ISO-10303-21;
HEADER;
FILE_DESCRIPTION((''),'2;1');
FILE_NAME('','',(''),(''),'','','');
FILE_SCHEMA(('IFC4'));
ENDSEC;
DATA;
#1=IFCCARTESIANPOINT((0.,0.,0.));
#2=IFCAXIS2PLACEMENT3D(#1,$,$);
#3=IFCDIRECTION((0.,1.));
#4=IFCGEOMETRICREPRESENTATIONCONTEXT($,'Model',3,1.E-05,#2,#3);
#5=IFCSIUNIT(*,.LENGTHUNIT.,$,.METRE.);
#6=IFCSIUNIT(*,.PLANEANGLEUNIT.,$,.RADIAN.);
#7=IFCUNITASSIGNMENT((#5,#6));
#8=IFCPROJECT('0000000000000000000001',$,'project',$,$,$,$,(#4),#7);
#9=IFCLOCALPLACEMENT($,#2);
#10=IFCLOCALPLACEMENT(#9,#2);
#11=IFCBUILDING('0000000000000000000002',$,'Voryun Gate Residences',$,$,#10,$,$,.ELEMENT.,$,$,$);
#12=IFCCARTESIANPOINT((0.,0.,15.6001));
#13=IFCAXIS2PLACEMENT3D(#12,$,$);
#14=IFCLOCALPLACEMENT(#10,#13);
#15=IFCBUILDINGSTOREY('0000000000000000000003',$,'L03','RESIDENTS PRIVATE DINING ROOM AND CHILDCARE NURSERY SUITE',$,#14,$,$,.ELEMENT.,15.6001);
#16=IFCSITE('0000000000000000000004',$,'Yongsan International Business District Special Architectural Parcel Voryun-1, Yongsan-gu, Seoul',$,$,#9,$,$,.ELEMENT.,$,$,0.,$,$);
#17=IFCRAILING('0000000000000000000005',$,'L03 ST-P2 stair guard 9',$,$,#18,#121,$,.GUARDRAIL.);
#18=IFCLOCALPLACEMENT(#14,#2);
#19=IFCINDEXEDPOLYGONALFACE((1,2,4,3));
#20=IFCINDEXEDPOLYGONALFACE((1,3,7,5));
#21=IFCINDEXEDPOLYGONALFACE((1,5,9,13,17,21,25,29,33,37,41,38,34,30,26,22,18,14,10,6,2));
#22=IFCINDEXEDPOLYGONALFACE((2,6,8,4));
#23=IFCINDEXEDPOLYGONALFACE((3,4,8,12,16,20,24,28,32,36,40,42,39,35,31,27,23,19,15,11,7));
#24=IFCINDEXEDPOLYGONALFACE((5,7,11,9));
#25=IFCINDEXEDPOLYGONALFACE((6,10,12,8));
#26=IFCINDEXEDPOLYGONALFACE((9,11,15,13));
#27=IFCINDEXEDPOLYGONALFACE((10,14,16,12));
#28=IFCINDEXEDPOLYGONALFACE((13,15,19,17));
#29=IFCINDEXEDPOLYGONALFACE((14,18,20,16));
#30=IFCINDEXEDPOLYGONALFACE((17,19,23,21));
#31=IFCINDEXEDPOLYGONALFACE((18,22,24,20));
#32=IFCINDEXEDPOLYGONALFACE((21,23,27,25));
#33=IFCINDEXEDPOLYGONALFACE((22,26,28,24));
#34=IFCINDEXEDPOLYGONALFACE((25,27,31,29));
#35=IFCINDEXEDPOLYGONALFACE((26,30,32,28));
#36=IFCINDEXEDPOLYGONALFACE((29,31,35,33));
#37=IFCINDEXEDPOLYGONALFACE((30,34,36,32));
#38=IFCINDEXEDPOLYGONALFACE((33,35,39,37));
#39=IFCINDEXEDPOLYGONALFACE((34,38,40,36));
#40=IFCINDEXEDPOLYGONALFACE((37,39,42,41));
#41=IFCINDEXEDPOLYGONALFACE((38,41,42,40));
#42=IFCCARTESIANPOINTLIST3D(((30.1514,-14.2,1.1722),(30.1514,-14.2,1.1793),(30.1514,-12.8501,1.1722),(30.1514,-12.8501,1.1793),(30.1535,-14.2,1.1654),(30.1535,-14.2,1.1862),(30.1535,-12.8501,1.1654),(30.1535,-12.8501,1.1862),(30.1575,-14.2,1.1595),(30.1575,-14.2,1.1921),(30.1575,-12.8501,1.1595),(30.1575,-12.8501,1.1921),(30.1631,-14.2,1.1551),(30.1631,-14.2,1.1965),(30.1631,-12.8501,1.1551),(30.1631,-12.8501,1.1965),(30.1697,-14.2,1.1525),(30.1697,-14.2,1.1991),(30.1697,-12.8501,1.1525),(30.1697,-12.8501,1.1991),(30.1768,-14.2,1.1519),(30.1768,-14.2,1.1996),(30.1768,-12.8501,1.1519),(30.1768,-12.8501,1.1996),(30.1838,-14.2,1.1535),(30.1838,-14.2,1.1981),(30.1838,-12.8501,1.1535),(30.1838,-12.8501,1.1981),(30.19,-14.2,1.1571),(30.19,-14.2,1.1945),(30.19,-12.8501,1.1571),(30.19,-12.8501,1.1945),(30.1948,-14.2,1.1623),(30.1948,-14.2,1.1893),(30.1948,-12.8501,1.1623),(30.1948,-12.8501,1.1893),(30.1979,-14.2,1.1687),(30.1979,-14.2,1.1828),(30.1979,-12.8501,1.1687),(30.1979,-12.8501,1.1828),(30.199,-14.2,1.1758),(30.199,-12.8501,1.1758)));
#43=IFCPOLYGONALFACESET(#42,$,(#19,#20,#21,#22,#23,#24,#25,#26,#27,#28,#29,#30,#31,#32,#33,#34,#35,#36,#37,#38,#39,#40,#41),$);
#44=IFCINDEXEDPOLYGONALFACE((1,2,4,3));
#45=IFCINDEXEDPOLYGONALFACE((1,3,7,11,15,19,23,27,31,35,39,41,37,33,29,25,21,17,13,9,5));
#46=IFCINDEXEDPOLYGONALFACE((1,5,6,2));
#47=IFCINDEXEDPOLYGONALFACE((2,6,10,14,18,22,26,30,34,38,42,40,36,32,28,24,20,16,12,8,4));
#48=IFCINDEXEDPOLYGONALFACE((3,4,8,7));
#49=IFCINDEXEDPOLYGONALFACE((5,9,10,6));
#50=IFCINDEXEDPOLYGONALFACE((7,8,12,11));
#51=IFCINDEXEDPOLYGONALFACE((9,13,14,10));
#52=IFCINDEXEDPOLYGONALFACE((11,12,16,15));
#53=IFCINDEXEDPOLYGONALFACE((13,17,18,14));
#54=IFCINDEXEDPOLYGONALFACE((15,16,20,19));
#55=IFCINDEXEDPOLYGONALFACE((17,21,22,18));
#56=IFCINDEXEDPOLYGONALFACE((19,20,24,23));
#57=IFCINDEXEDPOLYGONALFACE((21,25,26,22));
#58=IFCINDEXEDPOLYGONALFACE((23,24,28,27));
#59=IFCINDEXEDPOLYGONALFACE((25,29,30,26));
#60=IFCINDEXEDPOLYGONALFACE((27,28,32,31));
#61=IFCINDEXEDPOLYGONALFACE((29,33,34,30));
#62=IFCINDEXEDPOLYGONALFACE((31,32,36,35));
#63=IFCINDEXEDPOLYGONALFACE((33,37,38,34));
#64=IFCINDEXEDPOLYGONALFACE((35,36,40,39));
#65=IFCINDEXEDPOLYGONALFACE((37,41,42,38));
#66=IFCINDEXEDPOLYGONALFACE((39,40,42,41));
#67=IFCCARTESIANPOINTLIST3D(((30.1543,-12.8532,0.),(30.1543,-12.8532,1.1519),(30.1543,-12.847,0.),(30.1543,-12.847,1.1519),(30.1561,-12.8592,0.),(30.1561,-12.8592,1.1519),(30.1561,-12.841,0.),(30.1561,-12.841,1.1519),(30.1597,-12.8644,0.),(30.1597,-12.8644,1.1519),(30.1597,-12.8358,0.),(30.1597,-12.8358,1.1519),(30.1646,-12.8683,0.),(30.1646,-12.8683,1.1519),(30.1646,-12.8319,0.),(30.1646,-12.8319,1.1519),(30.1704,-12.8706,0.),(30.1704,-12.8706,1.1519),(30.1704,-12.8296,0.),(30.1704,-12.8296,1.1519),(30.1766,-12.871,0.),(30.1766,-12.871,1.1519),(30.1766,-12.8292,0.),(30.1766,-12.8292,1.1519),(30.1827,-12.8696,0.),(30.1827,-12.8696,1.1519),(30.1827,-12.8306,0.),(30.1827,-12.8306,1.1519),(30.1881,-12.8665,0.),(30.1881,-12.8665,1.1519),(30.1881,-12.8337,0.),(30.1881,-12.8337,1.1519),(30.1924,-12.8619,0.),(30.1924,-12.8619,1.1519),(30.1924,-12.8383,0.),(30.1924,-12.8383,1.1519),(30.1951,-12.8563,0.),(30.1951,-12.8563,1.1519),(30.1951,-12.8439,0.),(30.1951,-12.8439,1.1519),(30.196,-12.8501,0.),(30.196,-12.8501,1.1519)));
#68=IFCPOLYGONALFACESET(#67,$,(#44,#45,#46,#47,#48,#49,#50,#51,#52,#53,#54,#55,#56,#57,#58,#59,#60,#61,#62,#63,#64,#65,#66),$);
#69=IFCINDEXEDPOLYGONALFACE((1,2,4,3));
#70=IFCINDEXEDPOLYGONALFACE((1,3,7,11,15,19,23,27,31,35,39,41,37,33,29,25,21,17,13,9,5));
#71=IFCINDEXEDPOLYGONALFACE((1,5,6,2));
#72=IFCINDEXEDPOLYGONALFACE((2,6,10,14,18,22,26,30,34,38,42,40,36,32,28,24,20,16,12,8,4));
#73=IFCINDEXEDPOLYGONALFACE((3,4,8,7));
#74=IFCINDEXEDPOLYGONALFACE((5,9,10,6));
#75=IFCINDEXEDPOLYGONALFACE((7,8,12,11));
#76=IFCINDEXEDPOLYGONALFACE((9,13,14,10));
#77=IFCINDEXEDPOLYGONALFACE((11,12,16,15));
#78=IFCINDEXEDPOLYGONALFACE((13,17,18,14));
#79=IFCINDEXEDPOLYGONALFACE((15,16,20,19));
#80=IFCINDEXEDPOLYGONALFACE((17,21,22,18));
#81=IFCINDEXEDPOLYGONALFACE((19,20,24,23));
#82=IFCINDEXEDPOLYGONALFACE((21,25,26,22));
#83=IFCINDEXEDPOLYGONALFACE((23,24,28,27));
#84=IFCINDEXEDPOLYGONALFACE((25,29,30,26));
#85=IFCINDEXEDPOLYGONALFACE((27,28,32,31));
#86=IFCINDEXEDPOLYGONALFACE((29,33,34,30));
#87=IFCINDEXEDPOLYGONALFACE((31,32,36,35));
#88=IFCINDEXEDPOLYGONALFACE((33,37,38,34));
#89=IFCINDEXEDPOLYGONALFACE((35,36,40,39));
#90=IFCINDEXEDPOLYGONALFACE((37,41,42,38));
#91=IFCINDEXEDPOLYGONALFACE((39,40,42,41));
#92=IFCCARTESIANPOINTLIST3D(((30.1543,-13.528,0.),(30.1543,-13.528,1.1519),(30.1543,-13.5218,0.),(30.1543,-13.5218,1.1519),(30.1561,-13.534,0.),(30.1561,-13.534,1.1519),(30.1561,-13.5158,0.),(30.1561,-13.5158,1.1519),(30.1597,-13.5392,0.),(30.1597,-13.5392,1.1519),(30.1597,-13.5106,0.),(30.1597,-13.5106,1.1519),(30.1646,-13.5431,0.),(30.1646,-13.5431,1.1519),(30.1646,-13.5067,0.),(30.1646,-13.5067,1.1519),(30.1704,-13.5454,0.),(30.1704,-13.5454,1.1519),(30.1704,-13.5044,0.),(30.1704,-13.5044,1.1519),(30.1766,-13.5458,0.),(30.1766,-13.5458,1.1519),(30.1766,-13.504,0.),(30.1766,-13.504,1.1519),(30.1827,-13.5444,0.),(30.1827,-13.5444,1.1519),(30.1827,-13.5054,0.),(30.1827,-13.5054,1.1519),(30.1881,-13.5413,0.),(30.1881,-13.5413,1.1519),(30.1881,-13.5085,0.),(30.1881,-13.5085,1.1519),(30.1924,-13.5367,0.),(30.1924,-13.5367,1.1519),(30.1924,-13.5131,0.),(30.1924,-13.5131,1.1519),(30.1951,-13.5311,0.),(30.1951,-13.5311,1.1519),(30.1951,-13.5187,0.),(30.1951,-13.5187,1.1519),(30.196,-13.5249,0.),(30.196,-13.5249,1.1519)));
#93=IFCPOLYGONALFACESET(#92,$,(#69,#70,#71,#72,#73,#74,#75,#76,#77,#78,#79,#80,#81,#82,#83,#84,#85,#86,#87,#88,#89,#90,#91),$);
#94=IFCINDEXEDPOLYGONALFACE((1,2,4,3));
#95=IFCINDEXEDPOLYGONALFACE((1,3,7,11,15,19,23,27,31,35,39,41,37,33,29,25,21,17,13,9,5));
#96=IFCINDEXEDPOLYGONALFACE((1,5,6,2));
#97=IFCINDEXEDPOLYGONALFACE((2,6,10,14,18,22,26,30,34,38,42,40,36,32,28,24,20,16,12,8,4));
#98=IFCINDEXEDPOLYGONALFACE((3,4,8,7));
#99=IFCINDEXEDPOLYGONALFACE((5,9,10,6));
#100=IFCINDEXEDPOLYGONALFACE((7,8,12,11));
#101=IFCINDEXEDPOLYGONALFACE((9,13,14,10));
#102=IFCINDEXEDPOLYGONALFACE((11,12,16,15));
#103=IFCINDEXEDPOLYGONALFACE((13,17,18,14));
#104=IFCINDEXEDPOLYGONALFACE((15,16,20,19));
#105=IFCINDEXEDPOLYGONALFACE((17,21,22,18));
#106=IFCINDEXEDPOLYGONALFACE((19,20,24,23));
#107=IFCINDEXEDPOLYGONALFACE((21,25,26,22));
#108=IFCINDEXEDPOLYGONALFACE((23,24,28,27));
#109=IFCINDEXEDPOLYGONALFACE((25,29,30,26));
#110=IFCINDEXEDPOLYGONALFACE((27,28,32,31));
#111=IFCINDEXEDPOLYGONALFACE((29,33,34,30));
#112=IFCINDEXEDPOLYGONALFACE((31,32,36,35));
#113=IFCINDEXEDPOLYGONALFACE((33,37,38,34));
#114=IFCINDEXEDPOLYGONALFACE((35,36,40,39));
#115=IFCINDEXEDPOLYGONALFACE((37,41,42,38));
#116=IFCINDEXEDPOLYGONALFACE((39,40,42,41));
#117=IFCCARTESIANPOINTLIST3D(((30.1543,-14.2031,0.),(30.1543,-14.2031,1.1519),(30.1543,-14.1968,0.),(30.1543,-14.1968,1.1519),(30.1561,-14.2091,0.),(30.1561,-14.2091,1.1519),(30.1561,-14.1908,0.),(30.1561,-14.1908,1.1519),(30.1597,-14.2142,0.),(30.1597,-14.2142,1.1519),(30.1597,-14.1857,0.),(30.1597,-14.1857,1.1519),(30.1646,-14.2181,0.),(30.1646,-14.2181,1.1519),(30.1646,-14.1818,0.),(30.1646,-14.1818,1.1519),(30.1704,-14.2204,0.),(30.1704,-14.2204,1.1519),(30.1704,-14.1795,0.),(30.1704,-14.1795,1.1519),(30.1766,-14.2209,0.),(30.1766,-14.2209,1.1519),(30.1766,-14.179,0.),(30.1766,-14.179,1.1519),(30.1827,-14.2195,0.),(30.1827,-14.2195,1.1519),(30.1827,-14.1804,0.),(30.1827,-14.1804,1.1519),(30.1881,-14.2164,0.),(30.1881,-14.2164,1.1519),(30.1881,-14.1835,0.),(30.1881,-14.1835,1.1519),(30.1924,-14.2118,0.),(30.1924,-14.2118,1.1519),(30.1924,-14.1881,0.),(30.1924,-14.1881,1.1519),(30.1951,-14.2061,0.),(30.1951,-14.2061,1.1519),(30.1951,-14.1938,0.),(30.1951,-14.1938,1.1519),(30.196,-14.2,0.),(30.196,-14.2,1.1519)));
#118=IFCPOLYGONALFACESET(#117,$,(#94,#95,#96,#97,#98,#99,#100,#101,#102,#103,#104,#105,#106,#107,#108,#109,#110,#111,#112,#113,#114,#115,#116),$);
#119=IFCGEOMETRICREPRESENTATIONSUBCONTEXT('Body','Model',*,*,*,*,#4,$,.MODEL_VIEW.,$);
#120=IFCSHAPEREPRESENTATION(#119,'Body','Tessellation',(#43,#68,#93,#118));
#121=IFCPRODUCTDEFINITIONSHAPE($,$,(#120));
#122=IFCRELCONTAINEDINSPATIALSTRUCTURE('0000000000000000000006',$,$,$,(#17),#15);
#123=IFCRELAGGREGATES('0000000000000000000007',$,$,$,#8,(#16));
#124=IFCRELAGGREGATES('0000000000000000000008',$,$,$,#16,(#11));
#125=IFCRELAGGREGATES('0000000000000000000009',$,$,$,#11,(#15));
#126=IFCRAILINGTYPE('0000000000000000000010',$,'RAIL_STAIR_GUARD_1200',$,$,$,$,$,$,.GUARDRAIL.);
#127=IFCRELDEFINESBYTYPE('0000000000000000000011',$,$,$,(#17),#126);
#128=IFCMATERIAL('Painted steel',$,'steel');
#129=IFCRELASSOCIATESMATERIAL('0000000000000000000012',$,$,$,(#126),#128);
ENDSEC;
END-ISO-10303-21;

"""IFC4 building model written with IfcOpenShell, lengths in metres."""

from ifc_helpers import new_model, si_unit, direction, frame, origin, origin_2d, place, context, subcontext, project, spatial, circle, extrude, material, type_object, element, save


model = new_model("IFC4")

# Units and contexts
model_context = context("Model", 3, precision=1e-05, world=origin(), true_north=direction((0.0, 1.0)))
body_context = subcontext(model_context, "Body", "Model", "MODEL_VIEW")
ifc_project = project(units=[si_unit("LENGTHUNIT", "METRE"), si_unit("PLANEANGLEUNIT", "RADIAN")], contexts=[model_context])

# Site, building, storey
site_placement = place(None, origin())
site = spatial("IfcSite", under=ifc_project, at=site_placement, Name="Yongsan International Business District Special Architectural Parcel Voryun-1, Yongsan-gu, Seoul", CompositionType="ELEMENT", RefElevation=0.0)
building_placement = place(site_placement, origin())
building = spatial("IfcBuilding", under=site, at=building_placement, Name="Voryun Gate Residences", CompositionType="ELEMENT")
storey_placement = place(building_placement, frame((0.0, 0.0, 15.6001)))
storey = spatial("IfcBuildingStorey", under=building, at=storey_placement, Name="L03", Description="RESIDENTS PRIVATE DINING ROOM AND CHILDCARE NURSERY SUITE", CompositionType="ELEMENT", Elevation=15.6001)

# Railing
ifc_material_1 = material(Name="Painted steel", Category="steel")
railing_type_1 = type_object("IfcRailingType", Name="RAIL_STAIR_GUARD_1200", PredefinedType="GUARDRAIL", material=ifc_material_1)
for number, where, name in (
    (1, (30.175, -12.8501, 0.0), "L03 ST-P2 stair guard 9"),
):
    element("IfcRailing", number, at=place(storey_placement, frame(where)), inside=storey, type_object=railing_type_1, Name=name, PredefinedType="GUARDRAIL", context=body_context, shape_type="SweptSolid", body=[
        extrude(circle(Radius=0.0239, at=origin_2d()), frame((0.0, 0.0, 1.1758), z_axis=(0.0, -1.0, 0.0), x_axis=(1.0, 0.0, 0.0)), (0.0, 0.0, 1.0), 1.3499),
        extrude(circle(Radius=0.021, at=origin_2d()), origin(), (0.0, 0.0, 1.0), 1.1519),
        extrude(circle(Radius=0.021, at=origin_2d()), frame((0.0, -0.6748, 0.0)), (0.0, 0.0, 1.0), 1.1519),
        extrude(circle(Radius=0.021, at=origin_2d()), frame((0.0, -1.3499, 0.0)), (0.0, 0.0, 1.0), 1.1519),
    ])

save(model, "model.ifc")
